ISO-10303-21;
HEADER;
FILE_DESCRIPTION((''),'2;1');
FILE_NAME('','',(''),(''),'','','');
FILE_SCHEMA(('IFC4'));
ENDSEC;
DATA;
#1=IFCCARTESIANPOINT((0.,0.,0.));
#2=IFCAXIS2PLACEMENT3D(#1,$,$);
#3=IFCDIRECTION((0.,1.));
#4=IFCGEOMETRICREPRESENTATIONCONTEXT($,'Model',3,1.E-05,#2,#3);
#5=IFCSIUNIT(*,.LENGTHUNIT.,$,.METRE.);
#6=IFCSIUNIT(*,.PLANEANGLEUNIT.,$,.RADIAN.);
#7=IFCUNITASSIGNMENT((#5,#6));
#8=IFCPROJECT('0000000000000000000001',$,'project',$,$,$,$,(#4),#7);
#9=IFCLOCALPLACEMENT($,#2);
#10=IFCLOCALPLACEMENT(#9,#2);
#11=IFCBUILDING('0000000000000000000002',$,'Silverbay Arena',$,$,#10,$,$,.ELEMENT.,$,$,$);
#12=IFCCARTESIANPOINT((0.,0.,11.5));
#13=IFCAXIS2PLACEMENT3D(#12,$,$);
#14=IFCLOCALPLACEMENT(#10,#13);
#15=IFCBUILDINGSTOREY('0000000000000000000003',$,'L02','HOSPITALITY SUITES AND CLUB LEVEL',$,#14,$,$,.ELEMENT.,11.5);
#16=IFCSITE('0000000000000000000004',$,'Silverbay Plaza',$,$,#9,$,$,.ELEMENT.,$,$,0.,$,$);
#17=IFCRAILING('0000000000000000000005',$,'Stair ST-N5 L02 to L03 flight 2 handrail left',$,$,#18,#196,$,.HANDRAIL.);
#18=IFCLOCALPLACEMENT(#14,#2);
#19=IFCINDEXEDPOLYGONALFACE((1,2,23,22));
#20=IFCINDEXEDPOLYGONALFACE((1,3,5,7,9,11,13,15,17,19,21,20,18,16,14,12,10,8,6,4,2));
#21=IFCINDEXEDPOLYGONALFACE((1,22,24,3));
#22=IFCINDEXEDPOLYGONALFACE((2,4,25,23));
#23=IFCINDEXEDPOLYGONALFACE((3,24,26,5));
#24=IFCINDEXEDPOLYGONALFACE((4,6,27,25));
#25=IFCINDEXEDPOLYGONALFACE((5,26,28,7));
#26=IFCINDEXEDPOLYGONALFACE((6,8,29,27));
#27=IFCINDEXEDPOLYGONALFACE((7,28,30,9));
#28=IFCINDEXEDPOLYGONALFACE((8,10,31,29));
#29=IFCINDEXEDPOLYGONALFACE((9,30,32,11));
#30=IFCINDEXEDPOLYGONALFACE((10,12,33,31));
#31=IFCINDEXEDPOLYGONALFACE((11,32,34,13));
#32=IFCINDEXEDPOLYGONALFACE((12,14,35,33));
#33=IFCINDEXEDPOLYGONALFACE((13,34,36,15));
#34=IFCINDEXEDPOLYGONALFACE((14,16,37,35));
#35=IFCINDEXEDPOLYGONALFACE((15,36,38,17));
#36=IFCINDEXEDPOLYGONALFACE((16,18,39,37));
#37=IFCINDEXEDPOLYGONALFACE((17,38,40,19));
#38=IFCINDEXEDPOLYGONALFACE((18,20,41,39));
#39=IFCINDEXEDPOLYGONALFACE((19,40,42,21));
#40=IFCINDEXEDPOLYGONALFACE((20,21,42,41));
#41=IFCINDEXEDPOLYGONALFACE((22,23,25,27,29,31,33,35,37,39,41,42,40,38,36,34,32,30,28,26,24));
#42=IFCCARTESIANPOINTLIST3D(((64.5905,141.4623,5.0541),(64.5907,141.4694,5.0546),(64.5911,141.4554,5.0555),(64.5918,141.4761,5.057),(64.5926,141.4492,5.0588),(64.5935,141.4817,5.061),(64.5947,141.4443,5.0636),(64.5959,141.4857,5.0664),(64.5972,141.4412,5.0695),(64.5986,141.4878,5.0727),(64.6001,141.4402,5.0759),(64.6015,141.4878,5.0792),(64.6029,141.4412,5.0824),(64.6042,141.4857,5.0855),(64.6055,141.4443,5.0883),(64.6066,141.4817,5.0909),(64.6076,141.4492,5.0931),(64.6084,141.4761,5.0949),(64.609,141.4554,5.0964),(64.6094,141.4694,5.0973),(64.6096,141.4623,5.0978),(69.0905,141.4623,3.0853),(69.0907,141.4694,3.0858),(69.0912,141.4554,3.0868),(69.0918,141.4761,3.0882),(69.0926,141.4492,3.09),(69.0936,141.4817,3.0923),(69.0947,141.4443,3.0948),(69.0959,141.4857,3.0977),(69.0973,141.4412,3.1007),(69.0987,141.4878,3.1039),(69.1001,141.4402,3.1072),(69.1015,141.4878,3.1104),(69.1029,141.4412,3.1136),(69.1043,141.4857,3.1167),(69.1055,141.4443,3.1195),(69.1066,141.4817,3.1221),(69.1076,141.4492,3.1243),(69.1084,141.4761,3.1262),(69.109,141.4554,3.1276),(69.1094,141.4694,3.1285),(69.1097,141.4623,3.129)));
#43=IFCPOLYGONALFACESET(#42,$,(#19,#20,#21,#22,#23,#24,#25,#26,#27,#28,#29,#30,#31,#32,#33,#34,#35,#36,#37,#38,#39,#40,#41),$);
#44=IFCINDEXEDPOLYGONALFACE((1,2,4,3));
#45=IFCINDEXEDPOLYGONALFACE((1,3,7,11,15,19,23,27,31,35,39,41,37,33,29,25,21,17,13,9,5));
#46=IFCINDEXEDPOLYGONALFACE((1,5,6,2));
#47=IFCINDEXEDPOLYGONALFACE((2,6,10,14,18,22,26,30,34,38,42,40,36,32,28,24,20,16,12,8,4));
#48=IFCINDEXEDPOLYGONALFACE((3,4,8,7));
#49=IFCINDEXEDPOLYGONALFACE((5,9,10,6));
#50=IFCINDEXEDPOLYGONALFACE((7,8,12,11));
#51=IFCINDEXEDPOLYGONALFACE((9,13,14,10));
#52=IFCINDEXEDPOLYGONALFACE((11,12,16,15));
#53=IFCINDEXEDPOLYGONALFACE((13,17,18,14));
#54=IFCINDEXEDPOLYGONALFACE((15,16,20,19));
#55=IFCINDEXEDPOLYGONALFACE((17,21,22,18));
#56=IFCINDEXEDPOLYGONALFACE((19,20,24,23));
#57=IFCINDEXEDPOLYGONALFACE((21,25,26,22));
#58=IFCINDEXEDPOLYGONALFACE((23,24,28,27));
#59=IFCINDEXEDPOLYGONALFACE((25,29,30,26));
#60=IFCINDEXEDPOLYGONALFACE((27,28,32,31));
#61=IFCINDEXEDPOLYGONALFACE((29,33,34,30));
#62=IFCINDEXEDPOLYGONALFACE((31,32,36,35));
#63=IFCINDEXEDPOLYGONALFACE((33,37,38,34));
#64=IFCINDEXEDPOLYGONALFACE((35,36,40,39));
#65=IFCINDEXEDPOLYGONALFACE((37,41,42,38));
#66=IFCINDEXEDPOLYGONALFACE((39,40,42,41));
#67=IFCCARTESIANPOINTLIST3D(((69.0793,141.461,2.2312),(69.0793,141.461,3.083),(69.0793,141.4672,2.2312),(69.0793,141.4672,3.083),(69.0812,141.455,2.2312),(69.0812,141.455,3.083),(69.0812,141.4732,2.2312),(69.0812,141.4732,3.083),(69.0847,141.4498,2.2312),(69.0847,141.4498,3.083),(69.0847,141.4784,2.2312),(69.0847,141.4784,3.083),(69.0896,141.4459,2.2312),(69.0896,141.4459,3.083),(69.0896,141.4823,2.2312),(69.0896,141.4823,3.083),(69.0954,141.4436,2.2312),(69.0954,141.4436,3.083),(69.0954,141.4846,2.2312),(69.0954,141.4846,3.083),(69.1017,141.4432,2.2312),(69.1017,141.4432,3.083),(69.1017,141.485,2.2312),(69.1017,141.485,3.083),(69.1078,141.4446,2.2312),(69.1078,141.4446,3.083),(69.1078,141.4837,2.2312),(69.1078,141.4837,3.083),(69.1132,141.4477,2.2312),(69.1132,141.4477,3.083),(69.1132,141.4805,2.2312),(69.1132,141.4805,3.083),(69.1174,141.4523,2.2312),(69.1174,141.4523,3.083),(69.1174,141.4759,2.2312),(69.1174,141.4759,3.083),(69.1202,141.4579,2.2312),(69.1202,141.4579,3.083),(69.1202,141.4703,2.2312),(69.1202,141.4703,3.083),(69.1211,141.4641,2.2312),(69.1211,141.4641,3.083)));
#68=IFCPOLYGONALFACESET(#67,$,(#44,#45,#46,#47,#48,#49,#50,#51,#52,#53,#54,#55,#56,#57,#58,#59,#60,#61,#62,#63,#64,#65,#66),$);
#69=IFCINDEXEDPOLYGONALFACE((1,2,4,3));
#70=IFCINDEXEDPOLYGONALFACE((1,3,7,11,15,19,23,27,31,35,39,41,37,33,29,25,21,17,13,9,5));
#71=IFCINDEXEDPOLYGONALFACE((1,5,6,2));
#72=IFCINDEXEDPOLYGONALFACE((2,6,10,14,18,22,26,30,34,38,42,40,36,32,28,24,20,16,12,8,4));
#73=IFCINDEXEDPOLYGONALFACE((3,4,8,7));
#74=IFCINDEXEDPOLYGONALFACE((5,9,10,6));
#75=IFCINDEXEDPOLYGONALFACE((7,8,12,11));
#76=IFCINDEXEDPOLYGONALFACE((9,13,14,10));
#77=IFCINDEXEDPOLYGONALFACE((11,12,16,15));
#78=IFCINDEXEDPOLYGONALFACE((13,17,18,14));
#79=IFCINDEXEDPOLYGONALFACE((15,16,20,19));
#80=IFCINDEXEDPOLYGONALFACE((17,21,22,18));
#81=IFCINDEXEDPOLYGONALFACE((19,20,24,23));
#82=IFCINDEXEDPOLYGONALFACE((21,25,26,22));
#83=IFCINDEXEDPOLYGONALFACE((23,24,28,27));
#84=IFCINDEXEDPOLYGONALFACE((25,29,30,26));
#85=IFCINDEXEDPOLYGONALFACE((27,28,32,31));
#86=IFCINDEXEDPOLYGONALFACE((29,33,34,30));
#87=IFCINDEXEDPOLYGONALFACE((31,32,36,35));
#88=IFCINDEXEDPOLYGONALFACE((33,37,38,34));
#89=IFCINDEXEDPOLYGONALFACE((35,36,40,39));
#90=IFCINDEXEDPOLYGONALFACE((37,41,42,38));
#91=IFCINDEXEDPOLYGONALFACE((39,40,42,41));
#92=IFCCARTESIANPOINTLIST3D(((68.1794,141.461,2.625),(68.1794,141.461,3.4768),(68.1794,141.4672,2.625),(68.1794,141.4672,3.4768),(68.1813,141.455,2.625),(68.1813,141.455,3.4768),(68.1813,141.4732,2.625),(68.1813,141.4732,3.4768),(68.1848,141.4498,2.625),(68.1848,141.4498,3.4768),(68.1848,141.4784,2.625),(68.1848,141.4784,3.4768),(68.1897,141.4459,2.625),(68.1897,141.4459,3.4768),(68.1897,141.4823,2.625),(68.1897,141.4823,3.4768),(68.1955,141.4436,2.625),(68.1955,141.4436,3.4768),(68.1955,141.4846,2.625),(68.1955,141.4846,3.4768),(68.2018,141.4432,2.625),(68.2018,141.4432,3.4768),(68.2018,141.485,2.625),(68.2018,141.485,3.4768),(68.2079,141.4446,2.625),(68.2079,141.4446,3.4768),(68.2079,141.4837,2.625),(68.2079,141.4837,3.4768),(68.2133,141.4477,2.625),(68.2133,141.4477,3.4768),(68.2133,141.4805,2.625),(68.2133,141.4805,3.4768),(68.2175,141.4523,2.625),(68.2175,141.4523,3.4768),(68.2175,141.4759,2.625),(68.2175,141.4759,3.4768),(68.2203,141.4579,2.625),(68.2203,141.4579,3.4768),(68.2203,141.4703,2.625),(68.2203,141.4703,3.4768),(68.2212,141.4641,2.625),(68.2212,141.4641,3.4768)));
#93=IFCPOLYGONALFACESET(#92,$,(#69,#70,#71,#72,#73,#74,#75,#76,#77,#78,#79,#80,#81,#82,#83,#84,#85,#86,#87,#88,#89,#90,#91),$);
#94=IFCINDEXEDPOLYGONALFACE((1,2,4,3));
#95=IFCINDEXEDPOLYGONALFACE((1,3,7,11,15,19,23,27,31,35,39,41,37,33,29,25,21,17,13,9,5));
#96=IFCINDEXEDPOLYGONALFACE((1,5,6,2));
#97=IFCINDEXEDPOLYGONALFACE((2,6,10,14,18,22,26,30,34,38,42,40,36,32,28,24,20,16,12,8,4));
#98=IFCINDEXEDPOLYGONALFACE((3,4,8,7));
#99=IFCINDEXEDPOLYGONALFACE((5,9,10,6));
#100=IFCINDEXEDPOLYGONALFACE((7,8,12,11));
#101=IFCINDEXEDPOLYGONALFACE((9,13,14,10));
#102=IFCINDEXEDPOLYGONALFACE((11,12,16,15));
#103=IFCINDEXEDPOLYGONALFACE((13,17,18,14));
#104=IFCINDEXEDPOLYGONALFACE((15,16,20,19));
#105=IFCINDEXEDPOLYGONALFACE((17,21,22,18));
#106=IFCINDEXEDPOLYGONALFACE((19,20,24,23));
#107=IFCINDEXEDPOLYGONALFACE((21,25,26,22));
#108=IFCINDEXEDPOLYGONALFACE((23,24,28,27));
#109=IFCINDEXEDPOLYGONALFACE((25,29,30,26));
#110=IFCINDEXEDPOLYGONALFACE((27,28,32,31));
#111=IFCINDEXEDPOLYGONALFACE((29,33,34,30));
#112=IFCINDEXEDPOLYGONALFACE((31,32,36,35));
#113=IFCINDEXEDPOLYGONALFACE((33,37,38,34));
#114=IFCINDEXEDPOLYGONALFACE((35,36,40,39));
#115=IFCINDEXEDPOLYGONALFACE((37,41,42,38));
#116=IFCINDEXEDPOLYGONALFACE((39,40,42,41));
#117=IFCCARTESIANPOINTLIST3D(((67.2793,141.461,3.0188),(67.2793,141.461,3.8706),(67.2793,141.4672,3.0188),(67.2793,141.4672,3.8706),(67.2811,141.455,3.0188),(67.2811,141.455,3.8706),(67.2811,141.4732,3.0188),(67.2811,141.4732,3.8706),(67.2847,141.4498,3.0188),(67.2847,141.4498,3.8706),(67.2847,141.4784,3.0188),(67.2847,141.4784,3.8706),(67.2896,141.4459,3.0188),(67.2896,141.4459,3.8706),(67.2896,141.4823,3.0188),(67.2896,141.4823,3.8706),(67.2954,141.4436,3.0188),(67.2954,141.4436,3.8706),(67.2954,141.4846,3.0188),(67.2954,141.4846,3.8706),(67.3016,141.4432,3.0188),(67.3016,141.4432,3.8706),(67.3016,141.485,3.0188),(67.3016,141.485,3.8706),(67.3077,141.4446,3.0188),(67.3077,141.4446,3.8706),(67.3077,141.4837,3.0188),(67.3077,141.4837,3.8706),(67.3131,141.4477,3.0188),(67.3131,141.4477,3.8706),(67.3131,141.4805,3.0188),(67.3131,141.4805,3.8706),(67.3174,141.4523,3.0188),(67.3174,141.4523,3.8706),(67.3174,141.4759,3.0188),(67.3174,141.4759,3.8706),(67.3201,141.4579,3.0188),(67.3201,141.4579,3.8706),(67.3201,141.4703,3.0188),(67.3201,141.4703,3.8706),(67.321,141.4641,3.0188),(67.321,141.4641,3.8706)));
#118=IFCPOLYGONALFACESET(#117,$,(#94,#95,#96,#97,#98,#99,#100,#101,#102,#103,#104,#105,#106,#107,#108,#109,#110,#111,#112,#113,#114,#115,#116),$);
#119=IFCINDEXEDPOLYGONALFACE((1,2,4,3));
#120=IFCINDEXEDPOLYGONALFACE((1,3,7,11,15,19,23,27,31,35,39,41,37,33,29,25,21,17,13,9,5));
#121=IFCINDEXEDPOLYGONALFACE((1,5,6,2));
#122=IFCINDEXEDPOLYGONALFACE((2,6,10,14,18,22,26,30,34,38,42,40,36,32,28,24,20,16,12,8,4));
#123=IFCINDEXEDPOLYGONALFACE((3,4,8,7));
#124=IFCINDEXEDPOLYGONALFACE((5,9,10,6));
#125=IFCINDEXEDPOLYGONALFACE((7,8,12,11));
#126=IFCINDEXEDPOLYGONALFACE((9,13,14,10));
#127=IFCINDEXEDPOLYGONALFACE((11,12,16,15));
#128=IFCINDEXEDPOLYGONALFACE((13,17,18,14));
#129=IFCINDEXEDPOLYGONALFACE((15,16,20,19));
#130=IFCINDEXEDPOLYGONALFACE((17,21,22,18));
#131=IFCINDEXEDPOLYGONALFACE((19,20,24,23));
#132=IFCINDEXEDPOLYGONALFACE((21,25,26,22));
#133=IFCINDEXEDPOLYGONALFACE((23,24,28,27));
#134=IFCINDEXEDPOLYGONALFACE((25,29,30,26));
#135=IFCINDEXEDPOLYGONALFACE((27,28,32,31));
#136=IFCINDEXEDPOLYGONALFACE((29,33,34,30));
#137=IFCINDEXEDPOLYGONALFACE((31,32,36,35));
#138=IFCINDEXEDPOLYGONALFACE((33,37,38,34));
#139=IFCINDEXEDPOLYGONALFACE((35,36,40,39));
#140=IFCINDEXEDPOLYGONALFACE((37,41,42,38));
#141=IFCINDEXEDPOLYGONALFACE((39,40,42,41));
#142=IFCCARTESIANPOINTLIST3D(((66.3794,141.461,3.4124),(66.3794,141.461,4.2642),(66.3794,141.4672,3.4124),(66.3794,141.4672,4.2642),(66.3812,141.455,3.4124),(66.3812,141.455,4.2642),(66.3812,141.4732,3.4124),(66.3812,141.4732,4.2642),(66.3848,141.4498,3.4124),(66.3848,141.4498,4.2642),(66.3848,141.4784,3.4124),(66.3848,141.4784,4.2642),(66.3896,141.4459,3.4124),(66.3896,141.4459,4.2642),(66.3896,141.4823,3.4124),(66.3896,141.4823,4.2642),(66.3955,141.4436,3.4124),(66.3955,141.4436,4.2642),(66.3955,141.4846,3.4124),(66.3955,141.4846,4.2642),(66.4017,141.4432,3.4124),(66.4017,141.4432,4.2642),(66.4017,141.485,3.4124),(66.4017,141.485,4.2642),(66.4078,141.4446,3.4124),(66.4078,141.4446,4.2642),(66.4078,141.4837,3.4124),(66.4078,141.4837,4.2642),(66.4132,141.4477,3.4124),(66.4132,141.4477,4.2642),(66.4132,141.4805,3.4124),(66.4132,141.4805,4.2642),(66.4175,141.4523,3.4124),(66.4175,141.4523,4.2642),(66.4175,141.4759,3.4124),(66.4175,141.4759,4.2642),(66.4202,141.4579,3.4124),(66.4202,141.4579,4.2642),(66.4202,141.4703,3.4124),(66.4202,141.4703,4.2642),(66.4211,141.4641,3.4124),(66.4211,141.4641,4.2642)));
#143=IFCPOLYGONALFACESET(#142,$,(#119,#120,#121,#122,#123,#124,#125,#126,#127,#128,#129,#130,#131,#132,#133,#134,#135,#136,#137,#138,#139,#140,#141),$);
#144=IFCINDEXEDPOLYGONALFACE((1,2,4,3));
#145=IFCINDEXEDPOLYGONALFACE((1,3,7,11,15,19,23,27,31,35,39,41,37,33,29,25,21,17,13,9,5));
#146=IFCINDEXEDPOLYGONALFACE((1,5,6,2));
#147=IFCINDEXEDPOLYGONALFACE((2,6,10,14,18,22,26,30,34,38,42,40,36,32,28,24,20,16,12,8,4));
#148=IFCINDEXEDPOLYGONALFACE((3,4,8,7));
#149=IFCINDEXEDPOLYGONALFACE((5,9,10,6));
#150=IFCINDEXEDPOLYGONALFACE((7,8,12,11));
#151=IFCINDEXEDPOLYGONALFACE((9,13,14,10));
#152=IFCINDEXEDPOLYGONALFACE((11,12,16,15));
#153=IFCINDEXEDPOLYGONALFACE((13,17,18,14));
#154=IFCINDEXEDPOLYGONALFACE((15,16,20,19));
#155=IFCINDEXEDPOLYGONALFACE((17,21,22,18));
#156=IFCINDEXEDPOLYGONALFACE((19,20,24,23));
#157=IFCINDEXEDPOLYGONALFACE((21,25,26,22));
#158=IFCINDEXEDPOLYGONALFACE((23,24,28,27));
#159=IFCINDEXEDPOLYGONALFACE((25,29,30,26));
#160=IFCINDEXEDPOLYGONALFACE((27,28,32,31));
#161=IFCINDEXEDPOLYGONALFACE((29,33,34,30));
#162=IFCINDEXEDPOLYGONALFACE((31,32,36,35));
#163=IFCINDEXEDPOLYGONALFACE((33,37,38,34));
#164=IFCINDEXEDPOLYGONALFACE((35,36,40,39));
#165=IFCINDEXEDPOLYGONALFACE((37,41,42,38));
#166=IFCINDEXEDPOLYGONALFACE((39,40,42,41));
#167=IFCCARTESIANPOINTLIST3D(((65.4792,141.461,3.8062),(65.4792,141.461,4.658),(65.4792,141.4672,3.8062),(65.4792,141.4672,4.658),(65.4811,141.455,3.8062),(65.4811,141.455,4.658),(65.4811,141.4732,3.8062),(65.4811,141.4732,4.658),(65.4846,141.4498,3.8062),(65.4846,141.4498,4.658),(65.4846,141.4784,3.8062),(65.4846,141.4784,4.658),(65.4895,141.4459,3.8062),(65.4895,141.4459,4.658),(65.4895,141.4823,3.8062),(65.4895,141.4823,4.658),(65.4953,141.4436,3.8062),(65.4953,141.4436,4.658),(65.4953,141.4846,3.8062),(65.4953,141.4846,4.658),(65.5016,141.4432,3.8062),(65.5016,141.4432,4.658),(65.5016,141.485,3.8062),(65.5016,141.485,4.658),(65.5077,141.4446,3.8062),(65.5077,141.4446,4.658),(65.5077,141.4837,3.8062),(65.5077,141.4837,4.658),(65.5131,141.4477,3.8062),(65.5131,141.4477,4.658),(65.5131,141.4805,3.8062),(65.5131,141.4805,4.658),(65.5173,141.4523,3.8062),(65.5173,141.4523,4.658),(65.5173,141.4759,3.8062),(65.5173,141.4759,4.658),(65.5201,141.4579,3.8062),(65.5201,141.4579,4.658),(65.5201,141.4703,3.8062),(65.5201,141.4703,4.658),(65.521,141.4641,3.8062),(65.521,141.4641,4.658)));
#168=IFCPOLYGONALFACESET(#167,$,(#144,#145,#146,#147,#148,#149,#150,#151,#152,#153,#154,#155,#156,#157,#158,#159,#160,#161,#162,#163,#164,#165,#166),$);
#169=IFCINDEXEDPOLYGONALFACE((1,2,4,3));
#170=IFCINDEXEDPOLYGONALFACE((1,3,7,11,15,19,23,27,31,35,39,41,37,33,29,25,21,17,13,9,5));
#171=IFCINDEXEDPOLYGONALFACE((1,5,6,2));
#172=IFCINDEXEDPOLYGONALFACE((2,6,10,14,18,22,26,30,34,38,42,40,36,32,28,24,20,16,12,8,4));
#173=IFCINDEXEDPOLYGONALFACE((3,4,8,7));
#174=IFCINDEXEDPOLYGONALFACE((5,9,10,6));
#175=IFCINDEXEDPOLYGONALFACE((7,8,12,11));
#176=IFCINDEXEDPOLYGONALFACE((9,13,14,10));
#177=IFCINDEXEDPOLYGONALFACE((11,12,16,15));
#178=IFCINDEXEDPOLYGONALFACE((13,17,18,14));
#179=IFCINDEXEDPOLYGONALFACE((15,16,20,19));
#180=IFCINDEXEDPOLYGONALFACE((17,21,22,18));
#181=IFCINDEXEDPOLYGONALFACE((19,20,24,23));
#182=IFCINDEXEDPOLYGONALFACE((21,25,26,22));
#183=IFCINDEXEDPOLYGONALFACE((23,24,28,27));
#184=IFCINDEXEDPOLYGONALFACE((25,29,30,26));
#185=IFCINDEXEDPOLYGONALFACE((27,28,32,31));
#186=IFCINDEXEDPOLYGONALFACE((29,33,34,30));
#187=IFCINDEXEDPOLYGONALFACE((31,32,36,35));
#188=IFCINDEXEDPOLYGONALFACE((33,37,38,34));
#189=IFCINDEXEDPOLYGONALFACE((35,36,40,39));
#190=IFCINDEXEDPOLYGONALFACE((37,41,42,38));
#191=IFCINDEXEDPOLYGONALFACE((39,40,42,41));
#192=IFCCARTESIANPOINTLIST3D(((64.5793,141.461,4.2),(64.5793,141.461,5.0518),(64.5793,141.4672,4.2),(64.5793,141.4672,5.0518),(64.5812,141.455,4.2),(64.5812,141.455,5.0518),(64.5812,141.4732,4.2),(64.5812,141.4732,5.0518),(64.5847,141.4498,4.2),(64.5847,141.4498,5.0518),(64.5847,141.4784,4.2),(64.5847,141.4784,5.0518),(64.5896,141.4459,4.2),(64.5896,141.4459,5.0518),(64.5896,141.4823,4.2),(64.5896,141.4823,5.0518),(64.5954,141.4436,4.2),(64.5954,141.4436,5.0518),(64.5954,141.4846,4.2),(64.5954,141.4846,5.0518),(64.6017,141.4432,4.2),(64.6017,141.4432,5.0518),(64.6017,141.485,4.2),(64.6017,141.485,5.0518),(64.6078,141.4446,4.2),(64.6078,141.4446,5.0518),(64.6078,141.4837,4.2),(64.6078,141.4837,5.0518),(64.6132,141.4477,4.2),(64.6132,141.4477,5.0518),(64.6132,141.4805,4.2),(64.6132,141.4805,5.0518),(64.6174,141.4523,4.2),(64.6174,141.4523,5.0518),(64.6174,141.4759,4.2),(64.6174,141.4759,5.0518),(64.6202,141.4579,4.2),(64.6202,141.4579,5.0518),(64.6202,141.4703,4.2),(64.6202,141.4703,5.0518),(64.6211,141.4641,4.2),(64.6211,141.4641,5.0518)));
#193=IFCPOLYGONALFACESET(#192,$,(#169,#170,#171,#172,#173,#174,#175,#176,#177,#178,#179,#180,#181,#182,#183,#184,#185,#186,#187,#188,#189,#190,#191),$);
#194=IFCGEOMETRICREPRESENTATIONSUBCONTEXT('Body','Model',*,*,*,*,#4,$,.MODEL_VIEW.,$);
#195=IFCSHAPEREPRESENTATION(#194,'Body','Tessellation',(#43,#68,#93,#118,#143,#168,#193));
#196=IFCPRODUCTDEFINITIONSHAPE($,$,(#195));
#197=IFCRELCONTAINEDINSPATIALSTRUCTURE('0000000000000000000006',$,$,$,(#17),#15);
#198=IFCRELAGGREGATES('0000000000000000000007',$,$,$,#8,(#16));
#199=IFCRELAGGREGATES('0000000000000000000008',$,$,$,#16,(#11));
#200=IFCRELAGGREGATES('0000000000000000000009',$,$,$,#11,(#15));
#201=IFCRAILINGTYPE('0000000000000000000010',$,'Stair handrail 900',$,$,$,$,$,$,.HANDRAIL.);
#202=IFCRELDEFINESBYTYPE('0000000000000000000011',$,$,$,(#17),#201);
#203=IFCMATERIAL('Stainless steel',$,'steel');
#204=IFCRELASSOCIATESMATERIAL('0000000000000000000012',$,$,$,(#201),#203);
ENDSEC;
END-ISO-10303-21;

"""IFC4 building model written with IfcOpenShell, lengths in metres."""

from ifc_helpers import new_model, si_unit, direction, frame, origin, origin_2d, place, context, subcontext, project, spatial, circle, extrude, material, type_object, element, save


model = new_model("IFC4")

# Units and contexts
model_context = context("Model", 3, precision=1e-05, world=origin(), true_north=direction((0.0, 1.0)))
body_context = subcontext(model_context, "Body", "Model", "MODEL_VIEW")
ifc_project = project(units=[si_unit("LENGTHUNIT", "METRE"), si_unit("PLANEANGLEUNIT", "RADIAN")], contexts=[model_context])

# Site, building, storey
site_placement = place(None, origin())
site = spatial("IfcSite", under=ifc_project, at=site_placement, Name="Silverbay Plaza", CompositionType="ELEMENT", RefElevation=0.0)
building_placement = place(site_placement, origin())
building = spatial("IfcBuilding", under=site, at=building_placement, Name="Silverbay Arena", CompositionType="ELEMENT")
storey_placement = place(building_placement, frame((0.0, 0.0, 11.5)))
storey = spatial("IfcBuildingStorey", under=building, at=storey_placement, Name="L02", Description="HOSPITALITY SUITES AND CLUB LEVEL", CompositionType="ELEMENT", Elevation=11.5)

# Railing
ifc_material_1 = material(Name="Stainless steel", Category="steel")
railing_type_1 = type_object("IfcRailingType", Name="Stair handrail 900", PredefinedType="HANDRAIL", material=ifc_material_1)
for number, where, name in (
    (1, (69.1001, 141.4641, 2.2312), "Stair ST-N5 L02 to L03 flight 2 handrail left"),
):
    element("IfcRailing", number, at=place(storey_placement, frame(where)), inside=storey, type_object=railing_type_1, Name=name, PredefinedType="HANDRAIL", context=body_context, shape_type="SweptSolid", body=[
        extrude(circle(Radius=0.0239, at=origin_2d()), frame((0.0, 0.0, 0.876), z_axis=(-0.916157, 0.0, 0.400819), x_axis=(0.0, -1.0, 0.0)), (0.0, 0.0, 1.0), 4.9119),
        extrude(circle(Radius=0.021, at=origin_2d()), origin(), (0.0, 0.0, 1.0), 0.8518),
        extrude(circle(Radius=0.021, at=origin_2d()), frame((-0.8999, 0.0, 0.3938)), (0.0, 0.0, 1.0), 0.8518),
        extrude(circle(Radius=0.021, at=origin_2d()), frame((-1.8, 0.0, 0.7876)), (0.0, 0.0, 1.0), 0.8518),
        extrude(circle(Radius=0.021, at=origin_2d()), frame((-2.7, 0.0, 1.1812)), (0.0, 0.0, 1.0), 0.8518),
        extrude(circle(Radius=0.021, at=origin_2d()), frame((-3.6001, 0.0, 1.575)), (0.0, 0.0, 1.0), 0.8518),
        extrude(circle(Radius=0.021, at=origin_2d()), frame((-4.5, 0.0, 1.9688)), (0.0, 0.0, 1.0), 0.8518),
    ])

save(model, "model.ifc")
